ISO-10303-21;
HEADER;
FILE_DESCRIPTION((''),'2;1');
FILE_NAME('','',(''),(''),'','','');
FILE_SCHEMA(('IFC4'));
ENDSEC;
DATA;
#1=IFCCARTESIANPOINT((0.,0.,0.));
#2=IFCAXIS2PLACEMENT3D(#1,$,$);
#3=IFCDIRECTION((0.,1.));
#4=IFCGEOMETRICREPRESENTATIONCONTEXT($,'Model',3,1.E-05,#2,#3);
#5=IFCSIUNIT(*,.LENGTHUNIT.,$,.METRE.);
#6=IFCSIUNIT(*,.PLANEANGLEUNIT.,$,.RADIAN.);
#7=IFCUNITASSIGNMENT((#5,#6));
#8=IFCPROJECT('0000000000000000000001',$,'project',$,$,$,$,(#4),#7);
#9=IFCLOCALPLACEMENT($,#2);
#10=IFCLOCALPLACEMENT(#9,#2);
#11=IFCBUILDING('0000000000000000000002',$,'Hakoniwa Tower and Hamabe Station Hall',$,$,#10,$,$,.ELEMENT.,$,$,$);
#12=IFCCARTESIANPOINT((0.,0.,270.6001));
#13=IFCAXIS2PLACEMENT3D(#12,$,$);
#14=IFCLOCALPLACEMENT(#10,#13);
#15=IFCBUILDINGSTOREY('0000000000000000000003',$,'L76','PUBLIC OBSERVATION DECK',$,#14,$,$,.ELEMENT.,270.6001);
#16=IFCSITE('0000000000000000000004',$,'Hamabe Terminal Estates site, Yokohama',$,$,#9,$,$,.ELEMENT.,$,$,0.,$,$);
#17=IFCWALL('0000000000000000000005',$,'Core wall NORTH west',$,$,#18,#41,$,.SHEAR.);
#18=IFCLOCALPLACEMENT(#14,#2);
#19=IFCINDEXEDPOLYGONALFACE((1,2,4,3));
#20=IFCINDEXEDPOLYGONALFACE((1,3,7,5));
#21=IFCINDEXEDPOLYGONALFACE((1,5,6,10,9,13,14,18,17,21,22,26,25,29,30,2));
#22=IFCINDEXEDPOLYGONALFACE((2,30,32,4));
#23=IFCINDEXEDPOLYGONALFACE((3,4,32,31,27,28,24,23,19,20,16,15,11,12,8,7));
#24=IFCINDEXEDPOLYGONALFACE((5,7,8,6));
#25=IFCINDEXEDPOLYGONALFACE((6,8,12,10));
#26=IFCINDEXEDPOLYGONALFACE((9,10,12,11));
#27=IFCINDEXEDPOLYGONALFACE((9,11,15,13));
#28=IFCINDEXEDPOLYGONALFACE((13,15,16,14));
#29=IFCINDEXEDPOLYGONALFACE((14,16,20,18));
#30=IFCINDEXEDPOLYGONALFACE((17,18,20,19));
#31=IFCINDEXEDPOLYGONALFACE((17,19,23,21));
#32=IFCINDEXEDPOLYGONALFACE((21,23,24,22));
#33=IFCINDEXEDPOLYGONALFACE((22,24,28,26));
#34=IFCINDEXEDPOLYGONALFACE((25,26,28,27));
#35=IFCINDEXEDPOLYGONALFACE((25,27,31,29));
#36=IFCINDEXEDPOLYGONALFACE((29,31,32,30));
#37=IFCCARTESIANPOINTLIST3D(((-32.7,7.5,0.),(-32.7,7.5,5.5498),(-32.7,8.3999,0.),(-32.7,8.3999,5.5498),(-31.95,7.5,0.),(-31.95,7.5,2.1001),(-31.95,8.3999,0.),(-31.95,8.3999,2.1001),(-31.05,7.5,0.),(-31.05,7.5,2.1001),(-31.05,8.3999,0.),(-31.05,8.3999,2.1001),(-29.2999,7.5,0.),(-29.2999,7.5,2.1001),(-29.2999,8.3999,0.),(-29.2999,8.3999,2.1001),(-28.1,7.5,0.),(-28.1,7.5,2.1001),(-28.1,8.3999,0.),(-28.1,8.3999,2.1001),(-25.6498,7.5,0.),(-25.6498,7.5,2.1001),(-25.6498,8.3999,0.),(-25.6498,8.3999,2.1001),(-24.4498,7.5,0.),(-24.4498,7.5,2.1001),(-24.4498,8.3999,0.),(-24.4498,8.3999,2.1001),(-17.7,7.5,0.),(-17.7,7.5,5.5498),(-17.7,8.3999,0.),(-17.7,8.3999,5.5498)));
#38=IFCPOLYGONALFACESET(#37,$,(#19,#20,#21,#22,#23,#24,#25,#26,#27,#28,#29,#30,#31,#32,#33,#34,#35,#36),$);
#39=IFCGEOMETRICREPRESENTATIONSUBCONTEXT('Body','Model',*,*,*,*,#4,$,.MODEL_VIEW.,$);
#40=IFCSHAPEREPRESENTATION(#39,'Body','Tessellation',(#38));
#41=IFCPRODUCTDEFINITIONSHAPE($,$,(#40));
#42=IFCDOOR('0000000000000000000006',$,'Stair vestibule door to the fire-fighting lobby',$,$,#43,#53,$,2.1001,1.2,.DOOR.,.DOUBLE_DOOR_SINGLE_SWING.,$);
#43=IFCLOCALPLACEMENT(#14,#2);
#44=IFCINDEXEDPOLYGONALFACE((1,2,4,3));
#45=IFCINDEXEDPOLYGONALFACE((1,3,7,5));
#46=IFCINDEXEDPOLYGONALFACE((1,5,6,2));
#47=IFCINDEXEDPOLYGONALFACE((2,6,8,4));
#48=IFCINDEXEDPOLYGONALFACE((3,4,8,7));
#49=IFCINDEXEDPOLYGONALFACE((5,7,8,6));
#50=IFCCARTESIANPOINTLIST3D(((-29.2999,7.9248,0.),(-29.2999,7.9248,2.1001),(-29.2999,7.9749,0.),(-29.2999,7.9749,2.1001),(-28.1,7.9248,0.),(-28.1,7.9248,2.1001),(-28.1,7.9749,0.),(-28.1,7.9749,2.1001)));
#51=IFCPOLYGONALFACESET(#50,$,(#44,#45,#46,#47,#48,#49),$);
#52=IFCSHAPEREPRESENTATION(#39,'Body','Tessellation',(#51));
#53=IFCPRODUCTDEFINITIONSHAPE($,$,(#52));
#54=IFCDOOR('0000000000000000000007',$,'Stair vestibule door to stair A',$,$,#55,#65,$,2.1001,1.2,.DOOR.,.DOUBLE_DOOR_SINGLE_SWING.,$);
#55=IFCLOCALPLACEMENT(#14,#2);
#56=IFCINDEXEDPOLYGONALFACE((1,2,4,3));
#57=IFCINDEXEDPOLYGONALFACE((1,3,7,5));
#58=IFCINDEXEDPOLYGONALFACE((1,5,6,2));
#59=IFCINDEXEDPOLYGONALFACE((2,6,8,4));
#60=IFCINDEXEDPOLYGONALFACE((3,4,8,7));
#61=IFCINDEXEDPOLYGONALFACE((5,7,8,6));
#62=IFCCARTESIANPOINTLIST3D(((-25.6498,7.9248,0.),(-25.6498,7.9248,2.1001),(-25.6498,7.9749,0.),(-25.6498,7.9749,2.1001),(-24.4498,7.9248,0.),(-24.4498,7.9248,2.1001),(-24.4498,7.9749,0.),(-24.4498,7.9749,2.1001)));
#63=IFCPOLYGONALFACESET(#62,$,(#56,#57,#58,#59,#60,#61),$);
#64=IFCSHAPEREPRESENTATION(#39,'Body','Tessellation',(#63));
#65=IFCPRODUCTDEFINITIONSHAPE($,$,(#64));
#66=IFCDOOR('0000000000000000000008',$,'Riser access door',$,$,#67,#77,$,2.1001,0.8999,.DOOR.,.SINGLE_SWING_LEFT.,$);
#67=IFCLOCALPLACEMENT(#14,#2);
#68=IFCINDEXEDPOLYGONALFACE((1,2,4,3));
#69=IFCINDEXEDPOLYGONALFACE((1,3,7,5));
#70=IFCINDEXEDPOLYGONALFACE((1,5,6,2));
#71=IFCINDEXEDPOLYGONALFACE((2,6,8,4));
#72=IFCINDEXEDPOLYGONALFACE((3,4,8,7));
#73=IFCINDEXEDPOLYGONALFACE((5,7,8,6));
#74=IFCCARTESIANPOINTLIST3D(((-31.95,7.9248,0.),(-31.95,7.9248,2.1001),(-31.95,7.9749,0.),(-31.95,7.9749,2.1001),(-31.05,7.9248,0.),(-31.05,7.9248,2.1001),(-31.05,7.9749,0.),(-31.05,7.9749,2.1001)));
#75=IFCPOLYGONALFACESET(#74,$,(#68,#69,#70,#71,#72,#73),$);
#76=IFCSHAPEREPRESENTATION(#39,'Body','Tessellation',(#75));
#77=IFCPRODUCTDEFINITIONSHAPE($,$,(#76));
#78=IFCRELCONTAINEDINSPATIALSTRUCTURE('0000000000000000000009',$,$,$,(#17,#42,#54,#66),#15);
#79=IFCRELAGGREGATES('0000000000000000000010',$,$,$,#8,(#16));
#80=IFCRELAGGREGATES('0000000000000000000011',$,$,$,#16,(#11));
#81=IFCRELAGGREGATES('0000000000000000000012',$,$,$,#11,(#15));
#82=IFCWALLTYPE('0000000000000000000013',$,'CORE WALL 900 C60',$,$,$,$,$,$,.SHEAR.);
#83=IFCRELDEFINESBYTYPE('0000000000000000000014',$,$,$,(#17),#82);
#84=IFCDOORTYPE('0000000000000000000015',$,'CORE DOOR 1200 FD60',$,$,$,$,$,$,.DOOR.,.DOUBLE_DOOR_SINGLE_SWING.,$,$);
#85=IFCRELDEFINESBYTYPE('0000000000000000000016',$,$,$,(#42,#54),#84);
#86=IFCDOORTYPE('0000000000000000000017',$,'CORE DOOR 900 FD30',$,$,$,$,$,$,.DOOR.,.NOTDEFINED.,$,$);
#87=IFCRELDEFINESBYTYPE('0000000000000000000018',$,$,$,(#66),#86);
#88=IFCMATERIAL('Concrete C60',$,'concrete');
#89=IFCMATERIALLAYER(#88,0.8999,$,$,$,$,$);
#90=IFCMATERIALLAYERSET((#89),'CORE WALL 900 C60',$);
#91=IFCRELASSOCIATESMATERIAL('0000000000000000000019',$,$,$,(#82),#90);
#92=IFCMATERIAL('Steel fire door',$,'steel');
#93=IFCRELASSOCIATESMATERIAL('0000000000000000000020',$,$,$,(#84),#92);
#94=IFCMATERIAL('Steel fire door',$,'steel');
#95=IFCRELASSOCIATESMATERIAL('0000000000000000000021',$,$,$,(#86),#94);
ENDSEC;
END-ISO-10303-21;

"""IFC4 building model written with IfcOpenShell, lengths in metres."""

from ifc_helpers import new_model, si_unit, direction, frame, frame_2d, origin, place, context, subcontext, project, spatial, rectangle, extrude, material, layer, layer_set, type_object, element, fill, save


model = new_model("IFC4")

# Units and contexts
model_context = context("Model", 3, precision=1e-05, world=origin(), true_north=direction((0.0, 1.0)))
body_context = subcontext(model_context, "Body", "Model", "MODEL_VIEW")
ifc_project = project(units=[si_unit("LENGTHUNIT", "METRE"), si_unit("PLANEANGLEUNIT", "RADIAN")], contexts=[model_context])

# Site, building, storey
site_placement = place(None, origin())
site = spatial("IfcSite", under=ifc_project, at=site_placement, Name="Hamabe Terminal Estates site, Yokohama", CompositionType="ELEMENT", RefElevation=0.0)
building_placement = place(site_placement, origin())
building = spatial("IfcBuilding", under=site, at=building_placement, Name="Hakoniwa Tower and Hamabe Station Hall", CompositionType="ELEMENT")
storey_placement = place(building_placement, frame((0.0, 0.0, 270.6001)))
storey = spatial("IfcBuildingStorey", under=building, at=storey_placement, Name="L76", Description="PUBLIC OBSERVATION DECK", CompositionType="ELEMENT", Elevation=270.6001)

# Wall, openings, doors
ifc_material_1 = material(Name="Concrete C60", Category="concrete")
ifc_layer_1 = layer(ifc_material_1, 0.8999)
ifc_layer_set_1 = layer_set([ifc_layer_1], Name="CORE WALL 900 C60")
wall_type = type_object("IfcWallType", Name="CORE WALL 900 C60", PredefinedType="SHEAR", material=ifc_layer_set_1)
wall_placement = place(storey_placement, frame((-32.7, 7.95, 0.0), z_axis=(0.0, 0.0, 1.0), x_axis=(1.0, 0.0, 0.0)))
wall = element("IfcWall", 1, at=wall_placement, inside=storey, type_object=wall_type, Name="Core wall NORTH west", PredefinedType="SHEAR", context=body_context, shape_type="SweptSolid", body=[
    extrude(rectangle(XDim=15.0, YDim=0.8999, at=frame_2d((7.5, 0.0))), origin(), (0.0, 0.0, 1.0), 5.5498),
])
opening_1_placement = place(wall_placement, frame((3.3999, 0.0, 0.0)))
opening_1 = element("IfcOpeningElement", 2, at=opening_1_placement, cuts=wall, PredefinedType="OPENING", context=body_context, shape_type="SweptSolid", body=[
    extrude(rectangle(XDim=1.2, YDim=2.1001, at=frame_2d((0.6001, 1.05))), frame((0.0, 0.46, 0.0), z_axis=(0.0, -1.0, 0.0), x_axis=(1.0, 0.0, 0.0)), (0.0, 0.0, 1.0), 0.9199),
])
opening_2_placement = place(wall_placement, frame((0.75, 0.0, 0.0)))
opening_2 = element("IfcOpeningElement", 3, at=opening_2_placement, cuts=wall, PredefinedType="OPENING", context=body_context, shape_type="SweptSolid", body=[
    extrude(rectangle(XDim=0.8999, YDim=2.1001, at=frame_2d((0.45, 1.05))), frame((0.0, 0.46, 0.0), z_axis=(0.0, -1.0, 0.0), x_axis=(1.0, 0.0, 0.0)), (0.0, 0.0, 1.0), 0.9199),
])
opening_3_placement = place(wall_placement, frame((7.05, 0.0, 0.0)))
opening_3 = element("IfcOpeningElement", 4, at=opening_3_placement, cuts=wall, PredefinedType="OPENING", context=body_context, shape_type="SweptSolid", body=[
    extrude(rectangle(XDim=1.2, YDim=2.1001, at=frame_2d((0.6001, 1.05))), frame((0.0, 0.46, 0.0), z_axis=(0.0, -1.0, 0.0), x_axis=(1.0, 0.0, 0.0)), (0.0, 0.0, 1.0), 0.9199),
])
ifc_material_2 = material(Name="Steel fire door", Category="steel")
door_type_1 = type_object("IfcDoorType", Name="CORE DOOR 1200 FD60", OperationType="DOUBLE_DOOR_SINGLE_SWING", PredefinedType="DOOR", material=ifc_material_2)
door_1_placement = place(opening_1_placement, origin())
door_1 = element("IfcDoor", 5, at=door_1_placement, inside=storey, type_object=door_type_1, Name="Stair vestibule door to the fire-fighting lobby", OperationType="DOUBLE_DOOR_SINGLE_SWING", OverallHeight=2.1001, OverallWidth=1.2, PredefinedType="DOOR", context=body_context, shape_type="SweptSolid", body=[
    extrude(rectangle(XDim=1.2, YDim=2.1001, at=frame_2d((0.6001, 1.05))), frame((0.0, 0.0249, 0.0), z_axis=(0.0, -1.0, 0.0), x_axis=(1.0, 0.0, 0.0)), (0.0, 0.0, 1.0), 0.05),
])
fill(opening_1, door_1)
door_2_placement = place(opening_3_placement, origin())
door_2 = element("IfcDoor", 6, at=door_2_placement, inside=storey, type_object=door_type_1, Name="Stair vestibule door to stair A", OperationType="DOUBLE_DOOR_SINGLE_SWING", OverallHeight=2.1001, OverallWidth=1.2, PredefinedType="DOOR", context=body_context, shape_type="SweptSolid", body=[
    extrude(rectangle(XDim=1.2, YDim=2.1001, at=frame_2d((0.6001, 1.05))), frame((0.0, 0.0249, 0.0), z_axis=(0.0, -1.0, 0.0), x_axis=(1.0, 0.0, 0.0)), (0.0, 0.0, 1.0), 0.05),
])
fill(opening_3, door_2)
ifc_material_3 = material(Name="Steel fire door", Category="steel")
door_type_2 = type_object("IfcDoorType", Name="CORE DOOR 900 FD30", OperationType="NOTDEFINED", PredefinedType="DOOR", material=ifc_material_3)
door_3_placement = place(opening_2_placement, origin())
door_3 = element("IfcDoor", 7, at=door_3_placement, inside=storey, type_object=door_type_2, Name="Riser access door", OperationType="SINGLE_SWING_LEFT", OverallHeight=2.1001, OverallWidth=0.8999, PredefinedType="DOOR", context=body_context, shape_type="SweptSolid", body=[
    extrude(rectangle(XDim=0.8999, YDim=2.1001, at=frame_2d((0.45, 1.05))), frame((0.0, 0.0249, 0.0), z_axis=(0.0, -1.0, 0.0), x_axis=(1.0, 0.0, 0.0)), (0.0, 0.0, 1.0), 0.05),
])
fill(opening_2, door_3)

save(model, "model.ifc")
